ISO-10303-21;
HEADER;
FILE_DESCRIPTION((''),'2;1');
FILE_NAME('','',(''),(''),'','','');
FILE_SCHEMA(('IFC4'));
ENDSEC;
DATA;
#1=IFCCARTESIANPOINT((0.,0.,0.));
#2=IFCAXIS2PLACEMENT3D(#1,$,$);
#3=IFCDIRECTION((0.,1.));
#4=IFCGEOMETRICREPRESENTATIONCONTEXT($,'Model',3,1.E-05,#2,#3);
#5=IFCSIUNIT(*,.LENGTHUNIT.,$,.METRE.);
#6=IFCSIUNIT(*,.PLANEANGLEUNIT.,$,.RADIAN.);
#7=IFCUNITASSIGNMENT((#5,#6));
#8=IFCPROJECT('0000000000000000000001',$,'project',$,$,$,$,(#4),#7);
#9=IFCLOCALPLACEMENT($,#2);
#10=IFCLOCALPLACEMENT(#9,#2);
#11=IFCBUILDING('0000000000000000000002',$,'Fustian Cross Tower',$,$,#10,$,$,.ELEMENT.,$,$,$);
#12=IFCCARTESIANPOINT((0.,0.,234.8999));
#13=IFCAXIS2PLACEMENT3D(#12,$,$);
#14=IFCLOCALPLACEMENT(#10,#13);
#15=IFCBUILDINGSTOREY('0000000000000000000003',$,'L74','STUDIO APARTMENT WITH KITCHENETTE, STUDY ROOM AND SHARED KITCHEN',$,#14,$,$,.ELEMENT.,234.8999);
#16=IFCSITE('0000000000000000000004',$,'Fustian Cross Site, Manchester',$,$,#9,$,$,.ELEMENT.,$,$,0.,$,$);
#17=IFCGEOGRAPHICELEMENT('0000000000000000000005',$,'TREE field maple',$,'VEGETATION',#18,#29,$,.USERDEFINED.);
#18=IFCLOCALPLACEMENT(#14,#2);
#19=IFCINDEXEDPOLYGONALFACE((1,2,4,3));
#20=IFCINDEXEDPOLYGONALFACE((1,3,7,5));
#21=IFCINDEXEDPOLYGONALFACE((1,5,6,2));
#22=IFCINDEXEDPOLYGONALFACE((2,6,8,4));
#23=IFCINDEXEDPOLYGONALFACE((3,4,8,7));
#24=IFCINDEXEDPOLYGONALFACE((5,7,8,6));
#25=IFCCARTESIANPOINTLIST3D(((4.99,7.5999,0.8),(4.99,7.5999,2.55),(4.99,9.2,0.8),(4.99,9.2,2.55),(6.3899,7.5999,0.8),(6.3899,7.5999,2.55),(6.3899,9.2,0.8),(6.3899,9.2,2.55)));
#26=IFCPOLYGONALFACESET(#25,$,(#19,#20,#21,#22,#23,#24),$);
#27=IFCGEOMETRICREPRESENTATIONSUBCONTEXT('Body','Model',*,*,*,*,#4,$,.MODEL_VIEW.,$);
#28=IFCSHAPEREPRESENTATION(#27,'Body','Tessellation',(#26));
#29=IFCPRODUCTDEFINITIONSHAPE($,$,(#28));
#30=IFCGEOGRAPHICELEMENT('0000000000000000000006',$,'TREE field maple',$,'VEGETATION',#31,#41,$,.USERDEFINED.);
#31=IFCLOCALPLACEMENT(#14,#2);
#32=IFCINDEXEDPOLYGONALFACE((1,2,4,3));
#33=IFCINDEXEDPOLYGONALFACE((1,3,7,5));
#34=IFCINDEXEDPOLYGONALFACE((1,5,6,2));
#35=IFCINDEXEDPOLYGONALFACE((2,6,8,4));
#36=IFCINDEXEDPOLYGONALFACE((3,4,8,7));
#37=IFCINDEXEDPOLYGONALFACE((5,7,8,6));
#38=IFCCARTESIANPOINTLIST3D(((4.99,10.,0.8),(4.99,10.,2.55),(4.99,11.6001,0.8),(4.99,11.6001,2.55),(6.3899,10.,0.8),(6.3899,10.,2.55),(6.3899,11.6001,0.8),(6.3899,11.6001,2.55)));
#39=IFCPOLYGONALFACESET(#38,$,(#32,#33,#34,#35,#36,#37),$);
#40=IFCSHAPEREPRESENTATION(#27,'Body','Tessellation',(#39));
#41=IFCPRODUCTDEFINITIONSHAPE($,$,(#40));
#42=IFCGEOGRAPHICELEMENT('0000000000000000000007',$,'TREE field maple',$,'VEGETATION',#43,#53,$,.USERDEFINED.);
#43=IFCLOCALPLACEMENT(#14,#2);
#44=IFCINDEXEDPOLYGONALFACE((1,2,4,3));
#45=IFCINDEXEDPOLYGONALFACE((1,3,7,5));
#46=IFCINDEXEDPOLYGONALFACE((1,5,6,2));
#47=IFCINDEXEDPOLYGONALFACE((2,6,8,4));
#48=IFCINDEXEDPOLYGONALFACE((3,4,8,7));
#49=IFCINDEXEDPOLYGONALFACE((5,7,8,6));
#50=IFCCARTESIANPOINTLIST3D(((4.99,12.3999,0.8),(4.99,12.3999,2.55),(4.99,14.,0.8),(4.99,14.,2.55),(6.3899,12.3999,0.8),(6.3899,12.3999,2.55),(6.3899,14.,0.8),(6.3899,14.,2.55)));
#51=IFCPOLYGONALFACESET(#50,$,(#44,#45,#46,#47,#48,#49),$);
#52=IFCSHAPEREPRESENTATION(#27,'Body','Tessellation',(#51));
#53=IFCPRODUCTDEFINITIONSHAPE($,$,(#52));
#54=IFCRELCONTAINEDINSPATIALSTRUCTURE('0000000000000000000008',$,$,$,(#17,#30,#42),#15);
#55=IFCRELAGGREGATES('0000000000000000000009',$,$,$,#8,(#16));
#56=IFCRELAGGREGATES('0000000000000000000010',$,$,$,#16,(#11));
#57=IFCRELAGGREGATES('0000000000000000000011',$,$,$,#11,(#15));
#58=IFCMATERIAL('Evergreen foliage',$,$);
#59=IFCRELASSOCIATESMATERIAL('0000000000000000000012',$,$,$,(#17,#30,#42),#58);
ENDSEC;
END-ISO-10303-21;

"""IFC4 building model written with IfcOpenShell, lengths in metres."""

from ifc_helpers import new_model, si_unit, direction, frame, origin, origin_2d, place, context, subcontext, project, spatial, rectangle, extrude, material, element, save


model = new_model("IFC4")

# Units and contexts
model_context = context("Model", 3, precision=1e-05, world=origin(), true_north=direction((0.0, 1.0)))
body_context = subcontext(model_context, "Body", "Model", "MODEL_VIEW")
ifc_project = project(units=[si_unit("LENGTHUNIT", "METRE"), si_unit("PLANEANGLEUNIT", "RADIAN")], contexts=[model_context])

# Site, building, storey
site_placement = place(None, origin())
site = spatial("IfcSite", under=ifc_project, at=site_placement, Name="Fustian Cross Site, Manchester", CompositionType="ELEMENT", RefElevation=0.0)
building_placement = place(site_placement, origin())
building = spatial("IfcBuilding", under=site, at=building_placement, Name="Fustian Cross Tower", CompositionType="ELEMENT")
storey_placement = place(building_placement, frame((0.0, 0.0, 234.8999)))
storey = spatial("IfcBuildingStorey", under=building, at=storey_placement, Name="L74", Description="STUDIO APARTMENT WITH KITCHENETTE, STUDY ROOM AND SHARED KITCHEN", CompositionType="ELEMENT", Elevation=234.8999)

# Geographic elements
ifc_material_1 = material(Name="Evergreen foliage")
for number, where, z_axis, x_axis, name in (
    (1, (5.6899, 8.3999, 0.8), (0.0, 0.0, 1.0), (1.0, 0.0, 0.0), "TREE field maple"),
    (2, (5.6899, 10.8, 0.8), (0.0, 0.0, 1.0), (1.0, 0.0, 0.0), "TREE field maple"),
    (3, (5.6899, 13.2, 0.8), (0.0, 0.0, 1.0), (1.0, 0.0, 0.0), "TREE field maple"),
):
    element("IfcGeographicElement", number, at=place(storey_placement, frame(where, z_axis=z_axis, x_axis=x_axis)), inside=storey, material=ifc_material_1, Name=name, ObjectType="VEGETATION", PredefinedType="USERDEFINED", context=body_context, shape_type="SweptSolid", body=[
        extrude(rectangle(XDim=1.3999, YDim=1.6001, at=origin_2d()), origin(), (0.0, 0.0, 1.0), 1.75),
    ])

save(model, "model.ifc")
